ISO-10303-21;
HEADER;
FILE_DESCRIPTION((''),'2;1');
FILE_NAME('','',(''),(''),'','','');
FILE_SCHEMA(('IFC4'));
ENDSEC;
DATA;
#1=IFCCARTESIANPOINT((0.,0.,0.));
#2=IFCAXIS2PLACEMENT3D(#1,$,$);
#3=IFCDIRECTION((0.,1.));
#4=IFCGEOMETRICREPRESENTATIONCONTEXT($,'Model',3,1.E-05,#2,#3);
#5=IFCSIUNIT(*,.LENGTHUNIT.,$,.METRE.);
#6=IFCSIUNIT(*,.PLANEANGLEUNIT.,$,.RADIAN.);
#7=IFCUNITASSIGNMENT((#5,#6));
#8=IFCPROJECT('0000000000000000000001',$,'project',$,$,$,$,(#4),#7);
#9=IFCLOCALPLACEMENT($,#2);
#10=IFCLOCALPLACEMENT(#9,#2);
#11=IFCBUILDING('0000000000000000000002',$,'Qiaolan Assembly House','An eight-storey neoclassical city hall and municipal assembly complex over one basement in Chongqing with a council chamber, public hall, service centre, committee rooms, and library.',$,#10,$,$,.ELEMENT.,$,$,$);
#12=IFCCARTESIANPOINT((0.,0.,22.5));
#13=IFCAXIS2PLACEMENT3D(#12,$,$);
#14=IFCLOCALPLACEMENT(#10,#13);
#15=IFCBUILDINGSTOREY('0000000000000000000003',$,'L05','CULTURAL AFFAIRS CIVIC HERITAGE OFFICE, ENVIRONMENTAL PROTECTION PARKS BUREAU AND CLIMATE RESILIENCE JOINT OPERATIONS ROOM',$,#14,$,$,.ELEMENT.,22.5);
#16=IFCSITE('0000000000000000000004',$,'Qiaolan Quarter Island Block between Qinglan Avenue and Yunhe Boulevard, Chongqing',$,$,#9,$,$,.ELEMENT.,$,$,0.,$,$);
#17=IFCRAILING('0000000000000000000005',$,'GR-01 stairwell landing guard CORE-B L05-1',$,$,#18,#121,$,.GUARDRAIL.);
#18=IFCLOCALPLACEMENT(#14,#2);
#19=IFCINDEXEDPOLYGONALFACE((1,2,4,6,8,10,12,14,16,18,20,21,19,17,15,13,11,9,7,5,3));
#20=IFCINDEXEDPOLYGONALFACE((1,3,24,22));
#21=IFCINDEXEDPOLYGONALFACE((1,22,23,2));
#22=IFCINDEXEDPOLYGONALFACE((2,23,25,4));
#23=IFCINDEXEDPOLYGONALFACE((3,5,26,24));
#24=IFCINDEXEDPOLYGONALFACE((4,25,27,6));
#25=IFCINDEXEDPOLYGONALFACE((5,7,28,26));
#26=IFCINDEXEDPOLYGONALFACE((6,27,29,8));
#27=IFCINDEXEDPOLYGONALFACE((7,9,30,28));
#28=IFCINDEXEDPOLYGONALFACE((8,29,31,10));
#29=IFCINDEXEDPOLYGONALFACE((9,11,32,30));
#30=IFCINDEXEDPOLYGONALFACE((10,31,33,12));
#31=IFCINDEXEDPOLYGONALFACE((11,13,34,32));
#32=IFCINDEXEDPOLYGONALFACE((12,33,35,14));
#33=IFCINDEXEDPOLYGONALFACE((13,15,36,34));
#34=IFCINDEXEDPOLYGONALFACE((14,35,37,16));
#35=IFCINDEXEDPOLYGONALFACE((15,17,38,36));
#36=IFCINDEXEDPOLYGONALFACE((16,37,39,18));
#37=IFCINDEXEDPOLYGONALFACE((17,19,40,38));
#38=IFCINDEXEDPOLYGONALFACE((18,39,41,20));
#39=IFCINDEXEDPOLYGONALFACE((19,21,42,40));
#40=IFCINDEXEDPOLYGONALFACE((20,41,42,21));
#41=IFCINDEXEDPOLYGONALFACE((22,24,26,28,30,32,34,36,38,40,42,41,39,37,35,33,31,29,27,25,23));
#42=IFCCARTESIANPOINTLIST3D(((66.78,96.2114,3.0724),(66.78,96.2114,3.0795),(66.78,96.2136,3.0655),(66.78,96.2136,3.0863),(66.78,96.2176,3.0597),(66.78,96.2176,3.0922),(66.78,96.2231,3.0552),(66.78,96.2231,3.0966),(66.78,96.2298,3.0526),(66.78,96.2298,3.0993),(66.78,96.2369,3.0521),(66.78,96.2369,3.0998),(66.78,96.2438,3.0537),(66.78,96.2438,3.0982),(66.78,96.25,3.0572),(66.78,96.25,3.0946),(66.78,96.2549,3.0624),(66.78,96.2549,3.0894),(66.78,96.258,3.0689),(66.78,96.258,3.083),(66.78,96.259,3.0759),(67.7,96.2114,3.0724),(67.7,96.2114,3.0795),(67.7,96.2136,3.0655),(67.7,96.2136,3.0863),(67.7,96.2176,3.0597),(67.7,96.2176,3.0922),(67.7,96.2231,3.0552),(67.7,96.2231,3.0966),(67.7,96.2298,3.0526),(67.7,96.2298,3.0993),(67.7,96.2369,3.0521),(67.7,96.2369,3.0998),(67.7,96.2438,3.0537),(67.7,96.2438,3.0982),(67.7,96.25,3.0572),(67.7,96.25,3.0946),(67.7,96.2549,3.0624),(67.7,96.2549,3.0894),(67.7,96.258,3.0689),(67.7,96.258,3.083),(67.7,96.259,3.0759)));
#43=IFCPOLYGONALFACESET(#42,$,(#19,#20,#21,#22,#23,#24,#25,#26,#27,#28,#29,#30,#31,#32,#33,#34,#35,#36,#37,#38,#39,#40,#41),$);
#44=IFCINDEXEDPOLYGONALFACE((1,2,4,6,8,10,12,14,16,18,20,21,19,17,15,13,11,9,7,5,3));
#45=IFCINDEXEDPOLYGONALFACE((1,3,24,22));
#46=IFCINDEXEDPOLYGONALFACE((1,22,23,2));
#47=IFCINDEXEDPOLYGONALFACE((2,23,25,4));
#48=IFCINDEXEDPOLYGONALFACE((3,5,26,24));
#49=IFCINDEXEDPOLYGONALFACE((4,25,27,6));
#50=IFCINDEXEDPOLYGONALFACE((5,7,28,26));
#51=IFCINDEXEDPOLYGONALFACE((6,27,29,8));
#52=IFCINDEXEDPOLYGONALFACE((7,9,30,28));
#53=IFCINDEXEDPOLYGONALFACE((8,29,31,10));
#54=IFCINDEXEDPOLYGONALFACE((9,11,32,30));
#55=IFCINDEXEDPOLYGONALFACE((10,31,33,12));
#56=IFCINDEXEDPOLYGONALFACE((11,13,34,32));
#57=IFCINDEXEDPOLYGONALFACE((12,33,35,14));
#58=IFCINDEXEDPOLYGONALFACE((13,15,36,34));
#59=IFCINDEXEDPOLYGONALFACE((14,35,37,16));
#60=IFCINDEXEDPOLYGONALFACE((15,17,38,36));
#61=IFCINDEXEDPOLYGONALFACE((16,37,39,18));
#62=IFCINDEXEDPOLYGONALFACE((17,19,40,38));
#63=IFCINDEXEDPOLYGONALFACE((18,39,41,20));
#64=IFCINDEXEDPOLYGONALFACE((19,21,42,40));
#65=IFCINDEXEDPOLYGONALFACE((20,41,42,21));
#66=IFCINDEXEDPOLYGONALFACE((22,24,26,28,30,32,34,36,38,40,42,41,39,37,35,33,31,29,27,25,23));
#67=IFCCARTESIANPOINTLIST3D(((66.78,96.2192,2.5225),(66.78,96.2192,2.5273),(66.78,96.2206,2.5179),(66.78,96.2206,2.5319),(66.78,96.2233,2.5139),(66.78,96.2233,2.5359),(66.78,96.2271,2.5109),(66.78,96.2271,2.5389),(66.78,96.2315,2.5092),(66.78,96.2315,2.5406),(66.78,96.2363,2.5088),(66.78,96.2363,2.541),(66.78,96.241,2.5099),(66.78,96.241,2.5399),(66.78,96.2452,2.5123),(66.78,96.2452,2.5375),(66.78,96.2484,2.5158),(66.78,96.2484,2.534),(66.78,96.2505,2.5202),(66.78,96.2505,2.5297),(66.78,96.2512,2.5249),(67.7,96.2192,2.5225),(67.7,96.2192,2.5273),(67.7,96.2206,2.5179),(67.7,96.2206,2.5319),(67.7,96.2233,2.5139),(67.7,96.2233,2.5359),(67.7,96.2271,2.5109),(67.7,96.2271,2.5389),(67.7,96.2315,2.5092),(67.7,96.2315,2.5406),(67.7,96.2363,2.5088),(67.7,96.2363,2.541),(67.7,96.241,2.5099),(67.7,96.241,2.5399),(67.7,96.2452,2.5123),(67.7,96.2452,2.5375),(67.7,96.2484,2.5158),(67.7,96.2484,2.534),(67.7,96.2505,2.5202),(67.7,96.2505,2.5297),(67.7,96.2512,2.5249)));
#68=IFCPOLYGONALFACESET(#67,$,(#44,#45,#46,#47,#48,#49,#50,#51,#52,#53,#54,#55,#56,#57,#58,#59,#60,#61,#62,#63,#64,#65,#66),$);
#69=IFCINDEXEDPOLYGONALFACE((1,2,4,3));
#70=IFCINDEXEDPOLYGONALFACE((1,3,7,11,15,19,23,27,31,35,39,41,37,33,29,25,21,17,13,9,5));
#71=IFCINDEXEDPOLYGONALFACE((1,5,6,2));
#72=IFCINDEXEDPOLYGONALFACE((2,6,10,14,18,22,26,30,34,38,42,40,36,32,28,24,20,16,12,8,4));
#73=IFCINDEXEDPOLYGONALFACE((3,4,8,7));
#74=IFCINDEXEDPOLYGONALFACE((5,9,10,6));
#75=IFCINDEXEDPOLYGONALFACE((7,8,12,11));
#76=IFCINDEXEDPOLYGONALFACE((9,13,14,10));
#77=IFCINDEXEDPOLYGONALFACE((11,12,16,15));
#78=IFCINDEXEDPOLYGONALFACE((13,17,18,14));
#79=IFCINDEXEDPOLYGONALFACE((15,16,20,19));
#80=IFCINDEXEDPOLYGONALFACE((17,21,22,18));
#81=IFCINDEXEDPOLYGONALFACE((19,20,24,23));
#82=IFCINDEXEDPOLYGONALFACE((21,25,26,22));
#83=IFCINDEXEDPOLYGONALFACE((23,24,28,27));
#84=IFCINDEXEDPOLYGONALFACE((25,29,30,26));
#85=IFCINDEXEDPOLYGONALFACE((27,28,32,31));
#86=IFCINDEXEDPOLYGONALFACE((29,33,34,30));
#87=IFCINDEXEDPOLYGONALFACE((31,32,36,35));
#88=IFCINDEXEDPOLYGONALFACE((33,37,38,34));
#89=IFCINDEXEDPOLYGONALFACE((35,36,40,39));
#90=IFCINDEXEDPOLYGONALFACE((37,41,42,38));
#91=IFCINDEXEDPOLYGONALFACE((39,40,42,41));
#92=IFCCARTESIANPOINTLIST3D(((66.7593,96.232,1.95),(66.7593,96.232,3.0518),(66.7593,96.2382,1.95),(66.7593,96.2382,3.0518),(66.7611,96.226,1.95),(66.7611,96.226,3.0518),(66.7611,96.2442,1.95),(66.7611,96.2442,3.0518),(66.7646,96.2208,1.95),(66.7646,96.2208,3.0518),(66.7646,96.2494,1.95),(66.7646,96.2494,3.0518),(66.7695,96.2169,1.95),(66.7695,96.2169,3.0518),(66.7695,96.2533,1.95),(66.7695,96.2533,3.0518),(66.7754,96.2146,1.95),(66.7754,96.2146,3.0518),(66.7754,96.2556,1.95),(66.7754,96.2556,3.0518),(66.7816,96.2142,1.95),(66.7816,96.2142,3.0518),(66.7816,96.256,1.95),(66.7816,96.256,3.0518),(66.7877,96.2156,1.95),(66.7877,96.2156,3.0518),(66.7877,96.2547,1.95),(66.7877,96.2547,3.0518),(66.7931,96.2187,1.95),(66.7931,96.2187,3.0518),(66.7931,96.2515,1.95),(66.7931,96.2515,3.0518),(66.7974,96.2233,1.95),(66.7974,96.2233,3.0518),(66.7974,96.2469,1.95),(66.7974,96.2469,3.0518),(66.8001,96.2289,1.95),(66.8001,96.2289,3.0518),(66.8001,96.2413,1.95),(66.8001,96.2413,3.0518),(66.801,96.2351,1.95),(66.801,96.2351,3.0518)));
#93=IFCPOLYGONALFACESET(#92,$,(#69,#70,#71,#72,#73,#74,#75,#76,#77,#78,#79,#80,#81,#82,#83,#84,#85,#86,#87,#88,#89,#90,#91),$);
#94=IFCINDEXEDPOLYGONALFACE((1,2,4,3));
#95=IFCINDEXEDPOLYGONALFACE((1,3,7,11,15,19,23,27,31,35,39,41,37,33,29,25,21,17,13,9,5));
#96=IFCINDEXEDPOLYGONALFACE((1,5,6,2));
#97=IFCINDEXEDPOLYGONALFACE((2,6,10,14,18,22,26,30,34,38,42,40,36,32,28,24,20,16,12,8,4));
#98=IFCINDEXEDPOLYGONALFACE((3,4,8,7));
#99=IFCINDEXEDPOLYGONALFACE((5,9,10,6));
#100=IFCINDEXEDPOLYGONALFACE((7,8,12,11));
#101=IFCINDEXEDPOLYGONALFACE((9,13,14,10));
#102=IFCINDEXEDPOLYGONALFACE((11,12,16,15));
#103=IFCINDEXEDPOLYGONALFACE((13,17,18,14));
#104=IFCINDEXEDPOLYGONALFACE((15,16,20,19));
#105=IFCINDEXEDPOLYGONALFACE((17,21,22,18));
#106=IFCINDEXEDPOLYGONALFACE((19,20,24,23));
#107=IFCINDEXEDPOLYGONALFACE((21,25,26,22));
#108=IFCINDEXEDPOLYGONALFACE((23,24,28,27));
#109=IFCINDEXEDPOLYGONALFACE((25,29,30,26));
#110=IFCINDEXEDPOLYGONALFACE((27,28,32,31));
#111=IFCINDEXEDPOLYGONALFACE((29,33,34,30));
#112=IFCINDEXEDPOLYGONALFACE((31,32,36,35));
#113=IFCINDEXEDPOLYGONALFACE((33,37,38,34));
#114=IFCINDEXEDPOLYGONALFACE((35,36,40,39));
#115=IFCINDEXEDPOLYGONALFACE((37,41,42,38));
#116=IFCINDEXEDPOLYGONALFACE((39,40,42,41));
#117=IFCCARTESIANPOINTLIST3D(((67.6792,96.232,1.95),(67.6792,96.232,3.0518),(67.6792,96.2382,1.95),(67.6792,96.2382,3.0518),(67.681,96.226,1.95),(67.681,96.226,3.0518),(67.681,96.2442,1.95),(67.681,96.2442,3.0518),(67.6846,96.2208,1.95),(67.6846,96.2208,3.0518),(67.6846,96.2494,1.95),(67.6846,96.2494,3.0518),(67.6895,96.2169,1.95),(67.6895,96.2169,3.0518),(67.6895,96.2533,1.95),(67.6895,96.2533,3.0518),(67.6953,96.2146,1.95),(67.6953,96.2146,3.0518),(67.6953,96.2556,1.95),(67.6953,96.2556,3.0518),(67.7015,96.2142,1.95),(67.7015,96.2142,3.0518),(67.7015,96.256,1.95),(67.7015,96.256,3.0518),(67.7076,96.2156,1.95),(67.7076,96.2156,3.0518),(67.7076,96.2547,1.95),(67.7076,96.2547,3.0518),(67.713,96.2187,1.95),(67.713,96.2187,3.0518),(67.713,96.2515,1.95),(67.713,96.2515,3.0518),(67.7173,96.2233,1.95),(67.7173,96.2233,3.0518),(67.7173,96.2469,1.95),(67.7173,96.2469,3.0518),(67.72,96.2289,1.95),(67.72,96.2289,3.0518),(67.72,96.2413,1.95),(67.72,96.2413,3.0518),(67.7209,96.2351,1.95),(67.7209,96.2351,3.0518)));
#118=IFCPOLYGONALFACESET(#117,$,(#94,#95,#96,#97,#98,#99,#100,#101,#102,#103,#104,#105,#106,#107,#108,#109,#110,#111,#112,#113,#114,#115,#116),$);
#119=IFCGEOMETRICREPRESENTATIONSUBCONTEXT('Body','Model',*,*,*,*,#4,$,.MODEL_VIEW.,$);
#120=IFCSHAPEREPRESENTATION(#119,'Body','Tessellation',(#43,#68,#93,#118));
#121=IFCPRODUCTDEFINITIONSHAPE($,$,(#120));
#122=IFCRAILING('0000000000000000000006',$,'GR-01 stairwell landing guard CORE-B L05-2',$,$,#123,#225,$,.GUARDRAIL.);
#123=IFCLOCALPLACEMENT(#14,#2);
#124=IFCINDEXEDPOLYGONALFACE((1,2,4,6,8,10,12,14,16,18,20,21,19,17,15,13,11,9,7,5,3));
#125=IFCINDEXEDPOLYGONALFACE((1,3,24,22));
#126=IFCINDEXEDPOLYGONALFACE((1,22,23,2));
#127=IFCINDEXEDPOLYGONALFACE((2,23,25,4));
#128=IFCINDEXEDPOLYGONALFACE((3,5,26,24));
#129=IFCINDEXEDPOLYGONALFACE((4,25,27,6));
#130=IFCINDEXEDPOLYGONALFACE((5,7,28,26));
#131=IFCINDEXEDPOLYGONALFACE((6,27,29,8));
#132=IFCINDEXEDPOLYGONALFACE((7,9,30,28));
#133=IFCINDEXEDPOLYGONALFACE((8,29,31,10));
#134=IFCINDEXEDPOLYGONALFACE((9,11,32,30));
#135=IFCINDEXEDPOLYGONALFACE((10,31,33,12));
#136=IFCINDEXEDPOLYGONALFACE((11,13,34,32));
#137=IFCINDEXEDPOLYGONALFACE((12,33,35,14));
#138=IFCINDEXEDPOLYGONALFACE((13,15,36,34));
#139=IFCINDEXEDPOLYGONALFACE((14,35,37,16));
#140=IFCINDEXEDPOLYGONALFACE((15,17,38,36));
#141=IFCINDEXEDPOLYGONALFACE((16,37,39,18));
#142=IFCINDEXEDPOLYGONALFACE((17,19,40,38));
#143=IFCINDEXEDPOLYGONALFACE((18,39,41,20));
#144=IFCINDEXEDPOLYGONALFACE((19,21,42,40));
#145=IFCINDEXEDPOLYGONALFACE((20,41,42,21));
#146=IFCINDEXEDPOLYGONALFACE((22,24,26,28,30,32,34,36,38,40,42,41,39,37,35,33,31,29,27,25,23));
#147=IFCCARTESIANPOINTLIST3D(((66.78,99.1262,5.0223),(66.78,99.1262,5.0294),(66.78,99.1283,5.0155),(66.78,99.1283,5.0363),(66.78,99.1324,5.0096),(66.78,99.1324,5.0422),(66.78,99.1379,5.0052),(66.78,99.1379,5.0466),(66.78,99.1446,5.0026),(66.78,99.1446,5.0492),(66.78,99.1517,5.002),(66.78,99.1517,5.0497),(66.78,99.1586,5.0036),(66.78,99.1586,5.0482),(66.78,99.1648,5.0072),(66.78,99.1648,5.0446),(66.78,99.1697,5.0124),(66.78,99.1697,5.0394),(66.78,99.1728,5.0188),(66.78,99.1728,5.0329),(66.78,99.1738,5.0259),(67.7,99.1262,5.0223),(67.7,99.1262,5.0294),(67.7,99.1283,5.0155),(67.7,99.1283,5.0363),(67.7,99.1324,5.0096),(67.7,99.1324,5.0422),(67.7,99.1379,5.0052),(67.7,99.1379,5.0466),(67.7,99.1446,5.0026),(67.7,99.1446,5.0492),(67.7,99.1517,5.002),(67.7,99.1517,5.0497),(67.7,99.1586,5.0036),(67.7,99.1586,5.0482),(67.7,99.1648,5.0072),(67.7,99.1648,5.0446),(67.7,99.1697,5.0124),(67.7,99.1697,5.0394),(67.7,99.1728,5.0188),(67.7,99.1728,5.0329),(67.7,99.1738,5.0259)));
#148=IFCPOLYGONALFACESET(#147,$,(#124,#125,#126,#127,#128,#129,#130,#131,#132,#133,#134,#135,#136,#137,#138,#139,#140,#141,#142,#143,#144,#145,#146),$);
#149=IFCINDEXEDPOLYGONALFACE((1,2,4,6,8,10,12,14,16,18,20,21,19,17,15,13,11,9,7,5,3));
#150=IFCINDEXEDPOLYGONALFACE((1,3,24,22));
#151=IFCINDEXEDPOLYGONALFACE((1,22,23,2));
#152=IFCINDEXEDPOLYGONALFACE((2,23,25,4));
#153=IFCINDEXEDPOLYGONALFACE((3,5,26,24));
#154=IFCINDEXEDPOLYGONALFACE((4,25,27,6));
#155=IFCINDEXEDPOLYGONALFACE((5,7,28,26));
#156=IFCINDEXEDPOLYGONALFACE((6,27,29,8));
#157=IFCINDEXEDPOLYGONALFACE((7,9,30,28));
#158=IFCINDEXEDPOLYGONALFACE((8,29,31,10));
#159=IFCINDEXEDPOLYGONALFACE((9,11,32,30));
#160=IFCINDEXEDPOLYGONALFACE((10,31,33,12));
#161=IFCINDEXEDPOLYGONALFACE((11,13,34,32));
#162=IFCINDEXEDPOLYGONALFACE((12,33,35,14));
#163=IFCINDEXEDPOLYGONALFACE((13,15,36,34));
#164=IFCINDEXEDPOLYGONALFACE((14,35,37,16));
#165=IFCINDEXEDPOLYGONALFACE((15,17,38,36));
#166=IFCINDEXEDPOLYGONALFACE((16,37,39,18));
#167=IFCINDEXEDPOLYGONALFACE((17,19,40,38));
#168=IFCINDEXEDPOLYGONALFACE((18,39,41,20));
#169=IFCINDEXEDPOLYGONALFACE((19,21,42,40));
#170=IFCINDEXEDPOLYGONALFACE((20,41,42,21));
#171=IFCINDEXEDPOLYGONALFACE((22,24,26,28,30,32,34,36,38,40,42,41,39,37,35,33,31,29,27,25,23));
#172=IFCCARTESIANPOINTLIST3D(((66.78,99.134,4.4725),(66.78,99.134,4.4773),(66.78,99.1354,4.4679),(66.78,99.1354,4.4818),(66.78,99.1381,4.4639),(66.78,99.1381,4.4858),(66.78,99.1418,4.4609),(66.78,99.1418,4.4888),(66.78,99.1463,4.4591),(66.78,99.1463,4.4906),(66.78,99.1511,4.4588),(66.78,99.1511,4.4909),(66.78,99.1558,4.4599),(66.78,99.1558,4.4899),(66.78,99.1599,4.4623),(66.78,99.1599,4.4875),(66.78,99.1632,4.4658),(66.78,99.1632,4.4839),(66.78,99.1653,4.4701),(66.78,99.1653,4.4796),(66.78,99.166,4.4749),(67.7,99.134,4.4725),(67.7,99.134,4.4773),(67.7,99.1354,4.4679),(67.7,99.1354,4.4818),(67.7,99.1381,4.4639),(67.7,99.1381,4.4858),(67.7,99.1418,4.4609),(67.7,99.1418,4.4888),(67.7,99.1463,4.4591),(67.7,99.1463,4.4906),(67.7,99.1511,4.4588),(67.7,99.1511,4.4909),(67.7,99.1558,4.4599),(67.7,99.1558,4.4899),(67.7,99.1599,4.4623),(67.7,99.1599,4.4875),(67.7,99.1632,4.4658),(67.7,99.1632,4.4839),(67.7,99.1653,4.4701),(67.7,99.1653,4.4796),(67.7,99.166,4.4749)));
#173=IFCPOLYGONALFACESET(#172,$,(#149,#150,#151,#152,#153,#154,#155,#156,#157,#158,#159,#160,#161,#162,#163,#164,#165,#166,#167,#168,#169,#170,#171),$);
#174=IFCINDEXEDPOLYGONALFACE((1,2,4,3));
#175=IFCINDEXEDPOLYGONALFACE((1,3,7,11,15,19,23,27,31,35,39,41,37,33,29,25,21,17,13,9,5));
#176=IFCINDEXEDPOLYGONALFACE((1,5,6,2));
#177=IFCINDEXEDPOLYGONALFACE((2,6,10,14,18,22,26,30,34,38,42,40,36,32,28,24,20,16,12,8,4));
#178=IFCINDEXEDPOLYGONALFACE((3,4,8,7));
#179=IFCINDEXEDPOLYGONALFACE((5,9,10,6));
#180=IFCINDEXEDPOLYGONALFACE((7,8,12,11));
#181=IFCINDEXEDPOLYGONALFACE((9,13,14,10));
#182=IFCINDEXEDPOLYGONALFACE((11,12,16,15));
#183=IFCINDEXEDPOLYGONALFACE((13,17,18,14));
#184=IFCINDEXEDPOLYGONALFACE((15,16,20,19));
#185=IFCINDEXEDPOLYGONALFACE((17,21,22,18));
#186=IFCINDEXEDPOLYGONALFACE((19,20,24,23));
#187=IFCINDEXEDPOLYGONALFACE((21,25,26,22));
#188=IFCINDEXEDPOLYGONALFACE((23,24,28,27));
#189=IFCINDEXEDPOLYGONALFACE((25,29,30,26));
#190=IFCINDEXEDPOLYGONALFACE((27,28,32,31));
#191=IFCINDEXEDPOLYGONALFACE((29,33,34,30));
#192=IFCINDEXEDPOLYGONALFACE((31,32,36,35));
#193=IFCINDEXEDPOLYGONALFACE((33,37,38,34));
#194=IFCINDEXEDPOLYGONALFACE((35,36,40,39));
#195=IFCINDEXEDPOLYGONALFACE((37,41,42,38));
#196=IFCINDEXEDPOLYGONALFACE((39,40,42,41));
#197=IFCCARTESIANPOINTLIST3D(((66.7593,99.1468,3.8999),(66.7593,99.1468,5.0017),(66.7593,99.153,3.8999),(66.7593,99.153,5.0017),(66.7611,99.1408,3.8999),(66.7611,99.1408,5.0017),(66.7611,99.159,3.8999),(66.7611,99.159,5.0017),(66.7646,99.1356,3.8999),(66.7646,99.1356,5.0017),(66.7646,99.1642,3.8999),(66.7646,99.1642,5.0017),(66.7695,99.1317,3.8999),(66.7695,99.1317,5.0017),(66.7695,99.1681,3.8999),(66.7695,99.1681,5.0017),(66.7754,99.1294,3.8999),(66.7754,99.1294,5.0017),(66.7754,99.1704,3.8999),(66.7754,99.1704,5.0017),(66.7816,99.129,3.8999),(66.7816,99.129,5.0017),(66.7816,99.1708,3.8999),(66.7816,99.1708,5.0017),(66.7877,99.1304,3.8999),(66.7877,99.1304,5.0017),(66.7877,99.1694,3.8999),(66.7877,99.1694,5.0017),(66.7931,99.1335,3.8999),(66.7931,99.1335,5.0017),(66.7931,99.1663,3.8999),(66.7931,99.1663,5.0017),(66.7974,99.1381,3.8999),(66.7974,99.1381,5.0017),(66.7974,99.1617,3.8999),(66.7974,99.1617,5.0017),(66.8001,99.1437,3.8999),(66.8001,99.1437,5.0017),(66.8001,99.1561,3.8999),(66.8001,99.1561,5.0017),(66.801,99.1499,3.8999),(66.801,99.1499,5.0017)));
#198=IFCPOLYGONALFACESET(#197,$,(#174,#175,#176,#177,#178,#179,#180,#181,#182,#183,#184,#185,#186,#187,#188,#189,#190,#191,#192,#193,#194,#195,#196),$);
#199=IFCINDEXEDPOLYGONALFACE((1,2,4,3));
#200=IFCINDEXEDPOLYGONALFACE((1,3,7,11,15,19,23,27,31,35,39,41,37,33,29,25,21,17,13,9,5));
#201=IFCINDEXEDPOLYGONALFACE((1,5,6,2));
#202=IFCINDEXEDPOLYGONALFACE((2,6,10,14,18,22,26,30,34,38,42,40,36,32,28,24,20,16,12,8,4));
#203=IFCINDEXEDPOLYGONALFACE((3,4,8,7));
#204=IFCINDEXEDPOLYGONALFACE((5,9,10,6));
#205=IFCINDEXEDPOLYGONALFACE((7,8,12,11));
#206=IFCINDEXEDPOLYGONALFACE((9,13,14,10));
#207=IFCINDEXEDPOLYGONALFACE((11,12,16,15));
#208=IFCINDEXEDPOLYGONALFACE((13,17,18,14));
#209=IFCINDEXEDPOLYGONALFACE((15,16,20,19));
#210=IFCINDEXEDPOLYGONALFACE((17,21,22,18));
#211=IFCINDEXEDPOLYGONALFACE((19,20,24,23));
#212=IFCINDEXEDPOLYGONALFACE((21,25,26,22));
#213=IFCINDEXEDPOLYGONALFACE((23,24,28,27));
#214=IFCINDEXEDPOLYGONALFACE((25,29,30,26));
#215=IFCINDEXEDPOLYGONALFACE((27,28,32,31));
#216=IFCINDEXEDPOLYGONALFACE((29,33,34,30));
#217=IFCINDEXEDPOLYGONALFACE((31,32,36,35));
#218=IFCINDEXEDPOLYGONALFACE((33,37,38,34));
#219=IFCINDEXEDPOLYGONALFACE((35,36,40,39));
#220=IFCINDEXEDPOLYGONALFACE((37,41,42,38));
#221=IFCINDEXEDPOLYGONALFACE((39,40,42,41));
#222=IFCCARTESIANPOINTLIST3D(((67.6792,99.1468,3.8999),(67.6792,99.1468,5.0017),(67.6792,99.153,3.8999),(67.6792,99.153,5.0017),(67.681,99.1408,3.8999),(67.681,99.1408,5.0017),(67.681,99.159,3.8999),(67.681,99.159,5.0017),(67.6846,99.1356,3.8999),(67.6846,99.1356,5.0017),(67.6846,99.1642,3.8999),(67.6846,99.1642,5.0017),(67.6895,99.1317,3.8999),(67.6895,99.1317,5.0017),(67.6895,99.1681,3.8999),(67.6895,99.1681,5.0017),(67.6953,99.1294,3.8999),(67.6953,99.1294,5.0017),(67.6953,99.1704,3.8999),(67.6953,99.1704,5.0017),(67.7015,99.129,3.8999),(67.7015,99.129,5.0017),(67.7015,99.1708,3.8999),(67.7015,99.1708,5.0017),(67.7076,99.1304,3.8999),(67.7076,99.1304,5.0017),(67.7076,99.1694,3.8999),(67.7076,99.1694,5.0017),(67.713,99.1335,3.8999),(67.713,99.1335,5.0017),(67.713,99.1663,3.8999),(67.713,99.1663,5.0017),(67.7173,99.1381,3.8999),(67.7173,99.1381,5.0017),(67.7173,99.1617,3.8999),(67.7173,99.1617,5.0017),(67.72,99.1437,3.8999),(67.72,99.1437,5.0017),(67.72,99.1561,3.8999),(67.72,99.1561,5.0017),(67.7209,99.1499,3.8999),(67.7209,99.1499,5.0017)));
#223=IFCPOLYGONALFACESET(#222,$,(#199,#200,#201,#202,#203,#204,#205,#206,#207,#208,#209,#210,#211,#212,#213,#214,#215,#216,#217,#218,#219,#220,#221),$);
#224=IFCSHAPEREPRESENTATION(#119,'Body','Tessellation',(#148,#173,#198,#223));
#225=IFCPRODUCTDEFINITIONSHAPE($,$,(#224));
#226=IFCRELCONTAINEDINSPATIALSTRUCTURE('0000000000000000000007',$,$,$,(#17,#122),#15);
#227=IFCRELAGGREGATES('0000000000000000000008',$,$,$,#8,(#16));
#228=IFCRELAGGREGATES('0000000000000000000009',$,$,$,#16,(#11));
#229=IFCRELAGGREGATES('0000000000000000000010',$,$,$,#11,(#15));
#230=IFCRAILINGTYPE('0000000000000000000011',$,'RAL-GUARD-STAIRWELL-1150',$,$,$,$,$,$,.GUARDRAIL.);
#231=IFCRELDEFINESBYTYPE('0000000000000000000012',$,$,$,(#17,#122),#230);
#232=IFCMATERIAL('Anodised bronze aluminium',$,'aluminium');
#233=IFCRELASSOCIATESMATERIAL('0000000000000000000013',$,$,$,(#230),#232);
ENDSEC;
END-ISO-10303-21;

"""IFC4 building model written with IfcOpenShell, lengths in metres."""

from ifc_helpers import new_model, si_unit, direction, frame, origin, origin_2d, place, context, subcontext, project, spatial, circle, extrude, material, type_object, element, save


model = new_model("IFC4")

# Units and contexts
model_context = context("Model", 3, precision=1e-05, world=origin(), true_north=direction((0.0, 1.0)))
body_context = subcontext(model_context, "Body", "Model", "MODEL_VIEW")
ifc_project = project(units=[si_unit("LENGTHUNIT", "METRE"), si_unit("PLANEANGLEUNIT", "RADIAN")], contexts=[model_context])

# Site, building, storey
site_placement = place(None, origin())
site = spatial("IfcSite", under=ifc_project, at=site_placement, Name="Qiaolan Quarter Island Block between Qinglan Avenue and Yunhe Boulevard, Chongqing", CompositionType="ELEMENT", RefElevation=0.0)
building_placement = place(site_placement, origin())
building = spatial("IfcBuilding", under=site, at=building_placement, Name="Qiaolan Assembly House", Description="An eight-storey neoclassical city hall and municipal assembly complex over one basement in Chongqing with a council chamber, public hall, service centre, committee rooms, and library.", CompositionType="ELEMENT")
storey_placement = place(building_placement, frame((0.0, 0.0, 22.5)))
storey = spatial("IfcBuildingStorey", under=building, at=storey_placement, Name="L05", Description="CULTURAL AFFAIRS CIVIC HERITAGE OFFICE, ENVIRONMENTAL PROTECTION PARKS BUREAU AND CLIMATE RESILIENCE JOINT OPERATIONS ROOM", CompositionType="ELEMENT", Elevation=22.5)

# Railings
ifc_material_1 = material(Name="Anodised bronze aluminium", Category="aluminium")
railing_type_1 = type_object("IfcRailingType", Name="RAL-GUARD-STAIRWELL-1150", PredefinedType="GUARDRAIL", material=ifc_material_1)
for number, where, name in (
    (1, (66.78, 96.2351, 1.95), "GR-01 stairwell landing guard CORE-B L05-1"),
    (2, (66.78, 99.1499, 3.8999), "GR-01 stairwell landing guard CORE-B L05-2"),
):
    element("IfcRailing", number, at=place(storey_placement, frame(where)), inside=storey, type_object=railing_type_1, Name=name, PredefinedType="GUARDRAIL", context=body_context, shape_type="SweptSolid", body=[
        extrude(circle(Radius=0.0239, at=origin_2d()), frame((0.0, 0.0, 1.126), z_axis=(1.0, 0.0, 0.0), x_axis=(0.0, 1.0, 0.0)), (0.0, 0.0, 1.0), 0.9199),
        extrude(circle(Radius=0.0161, at=origin_2d()), frame((0.0, 0.0, 0.575), z_axis=(1.0, 0.0, 0.0), x_axis=(0.0, 1.0, 0.0)), (0.0, 0.0, 1.0), 0.9199),
        extrude(circle(Radius=0.021, at=origin_2d()), origin(), (0.0, 0.0, 1.0), 1.1018),
        extrude(circle(Radius=0.021, at=origin_2d()), frame((0.9199, 0.0, 0.0)), (0.0, 0.0, 1.0), 1.1018),
    ])

save(model, "model.ifc")
